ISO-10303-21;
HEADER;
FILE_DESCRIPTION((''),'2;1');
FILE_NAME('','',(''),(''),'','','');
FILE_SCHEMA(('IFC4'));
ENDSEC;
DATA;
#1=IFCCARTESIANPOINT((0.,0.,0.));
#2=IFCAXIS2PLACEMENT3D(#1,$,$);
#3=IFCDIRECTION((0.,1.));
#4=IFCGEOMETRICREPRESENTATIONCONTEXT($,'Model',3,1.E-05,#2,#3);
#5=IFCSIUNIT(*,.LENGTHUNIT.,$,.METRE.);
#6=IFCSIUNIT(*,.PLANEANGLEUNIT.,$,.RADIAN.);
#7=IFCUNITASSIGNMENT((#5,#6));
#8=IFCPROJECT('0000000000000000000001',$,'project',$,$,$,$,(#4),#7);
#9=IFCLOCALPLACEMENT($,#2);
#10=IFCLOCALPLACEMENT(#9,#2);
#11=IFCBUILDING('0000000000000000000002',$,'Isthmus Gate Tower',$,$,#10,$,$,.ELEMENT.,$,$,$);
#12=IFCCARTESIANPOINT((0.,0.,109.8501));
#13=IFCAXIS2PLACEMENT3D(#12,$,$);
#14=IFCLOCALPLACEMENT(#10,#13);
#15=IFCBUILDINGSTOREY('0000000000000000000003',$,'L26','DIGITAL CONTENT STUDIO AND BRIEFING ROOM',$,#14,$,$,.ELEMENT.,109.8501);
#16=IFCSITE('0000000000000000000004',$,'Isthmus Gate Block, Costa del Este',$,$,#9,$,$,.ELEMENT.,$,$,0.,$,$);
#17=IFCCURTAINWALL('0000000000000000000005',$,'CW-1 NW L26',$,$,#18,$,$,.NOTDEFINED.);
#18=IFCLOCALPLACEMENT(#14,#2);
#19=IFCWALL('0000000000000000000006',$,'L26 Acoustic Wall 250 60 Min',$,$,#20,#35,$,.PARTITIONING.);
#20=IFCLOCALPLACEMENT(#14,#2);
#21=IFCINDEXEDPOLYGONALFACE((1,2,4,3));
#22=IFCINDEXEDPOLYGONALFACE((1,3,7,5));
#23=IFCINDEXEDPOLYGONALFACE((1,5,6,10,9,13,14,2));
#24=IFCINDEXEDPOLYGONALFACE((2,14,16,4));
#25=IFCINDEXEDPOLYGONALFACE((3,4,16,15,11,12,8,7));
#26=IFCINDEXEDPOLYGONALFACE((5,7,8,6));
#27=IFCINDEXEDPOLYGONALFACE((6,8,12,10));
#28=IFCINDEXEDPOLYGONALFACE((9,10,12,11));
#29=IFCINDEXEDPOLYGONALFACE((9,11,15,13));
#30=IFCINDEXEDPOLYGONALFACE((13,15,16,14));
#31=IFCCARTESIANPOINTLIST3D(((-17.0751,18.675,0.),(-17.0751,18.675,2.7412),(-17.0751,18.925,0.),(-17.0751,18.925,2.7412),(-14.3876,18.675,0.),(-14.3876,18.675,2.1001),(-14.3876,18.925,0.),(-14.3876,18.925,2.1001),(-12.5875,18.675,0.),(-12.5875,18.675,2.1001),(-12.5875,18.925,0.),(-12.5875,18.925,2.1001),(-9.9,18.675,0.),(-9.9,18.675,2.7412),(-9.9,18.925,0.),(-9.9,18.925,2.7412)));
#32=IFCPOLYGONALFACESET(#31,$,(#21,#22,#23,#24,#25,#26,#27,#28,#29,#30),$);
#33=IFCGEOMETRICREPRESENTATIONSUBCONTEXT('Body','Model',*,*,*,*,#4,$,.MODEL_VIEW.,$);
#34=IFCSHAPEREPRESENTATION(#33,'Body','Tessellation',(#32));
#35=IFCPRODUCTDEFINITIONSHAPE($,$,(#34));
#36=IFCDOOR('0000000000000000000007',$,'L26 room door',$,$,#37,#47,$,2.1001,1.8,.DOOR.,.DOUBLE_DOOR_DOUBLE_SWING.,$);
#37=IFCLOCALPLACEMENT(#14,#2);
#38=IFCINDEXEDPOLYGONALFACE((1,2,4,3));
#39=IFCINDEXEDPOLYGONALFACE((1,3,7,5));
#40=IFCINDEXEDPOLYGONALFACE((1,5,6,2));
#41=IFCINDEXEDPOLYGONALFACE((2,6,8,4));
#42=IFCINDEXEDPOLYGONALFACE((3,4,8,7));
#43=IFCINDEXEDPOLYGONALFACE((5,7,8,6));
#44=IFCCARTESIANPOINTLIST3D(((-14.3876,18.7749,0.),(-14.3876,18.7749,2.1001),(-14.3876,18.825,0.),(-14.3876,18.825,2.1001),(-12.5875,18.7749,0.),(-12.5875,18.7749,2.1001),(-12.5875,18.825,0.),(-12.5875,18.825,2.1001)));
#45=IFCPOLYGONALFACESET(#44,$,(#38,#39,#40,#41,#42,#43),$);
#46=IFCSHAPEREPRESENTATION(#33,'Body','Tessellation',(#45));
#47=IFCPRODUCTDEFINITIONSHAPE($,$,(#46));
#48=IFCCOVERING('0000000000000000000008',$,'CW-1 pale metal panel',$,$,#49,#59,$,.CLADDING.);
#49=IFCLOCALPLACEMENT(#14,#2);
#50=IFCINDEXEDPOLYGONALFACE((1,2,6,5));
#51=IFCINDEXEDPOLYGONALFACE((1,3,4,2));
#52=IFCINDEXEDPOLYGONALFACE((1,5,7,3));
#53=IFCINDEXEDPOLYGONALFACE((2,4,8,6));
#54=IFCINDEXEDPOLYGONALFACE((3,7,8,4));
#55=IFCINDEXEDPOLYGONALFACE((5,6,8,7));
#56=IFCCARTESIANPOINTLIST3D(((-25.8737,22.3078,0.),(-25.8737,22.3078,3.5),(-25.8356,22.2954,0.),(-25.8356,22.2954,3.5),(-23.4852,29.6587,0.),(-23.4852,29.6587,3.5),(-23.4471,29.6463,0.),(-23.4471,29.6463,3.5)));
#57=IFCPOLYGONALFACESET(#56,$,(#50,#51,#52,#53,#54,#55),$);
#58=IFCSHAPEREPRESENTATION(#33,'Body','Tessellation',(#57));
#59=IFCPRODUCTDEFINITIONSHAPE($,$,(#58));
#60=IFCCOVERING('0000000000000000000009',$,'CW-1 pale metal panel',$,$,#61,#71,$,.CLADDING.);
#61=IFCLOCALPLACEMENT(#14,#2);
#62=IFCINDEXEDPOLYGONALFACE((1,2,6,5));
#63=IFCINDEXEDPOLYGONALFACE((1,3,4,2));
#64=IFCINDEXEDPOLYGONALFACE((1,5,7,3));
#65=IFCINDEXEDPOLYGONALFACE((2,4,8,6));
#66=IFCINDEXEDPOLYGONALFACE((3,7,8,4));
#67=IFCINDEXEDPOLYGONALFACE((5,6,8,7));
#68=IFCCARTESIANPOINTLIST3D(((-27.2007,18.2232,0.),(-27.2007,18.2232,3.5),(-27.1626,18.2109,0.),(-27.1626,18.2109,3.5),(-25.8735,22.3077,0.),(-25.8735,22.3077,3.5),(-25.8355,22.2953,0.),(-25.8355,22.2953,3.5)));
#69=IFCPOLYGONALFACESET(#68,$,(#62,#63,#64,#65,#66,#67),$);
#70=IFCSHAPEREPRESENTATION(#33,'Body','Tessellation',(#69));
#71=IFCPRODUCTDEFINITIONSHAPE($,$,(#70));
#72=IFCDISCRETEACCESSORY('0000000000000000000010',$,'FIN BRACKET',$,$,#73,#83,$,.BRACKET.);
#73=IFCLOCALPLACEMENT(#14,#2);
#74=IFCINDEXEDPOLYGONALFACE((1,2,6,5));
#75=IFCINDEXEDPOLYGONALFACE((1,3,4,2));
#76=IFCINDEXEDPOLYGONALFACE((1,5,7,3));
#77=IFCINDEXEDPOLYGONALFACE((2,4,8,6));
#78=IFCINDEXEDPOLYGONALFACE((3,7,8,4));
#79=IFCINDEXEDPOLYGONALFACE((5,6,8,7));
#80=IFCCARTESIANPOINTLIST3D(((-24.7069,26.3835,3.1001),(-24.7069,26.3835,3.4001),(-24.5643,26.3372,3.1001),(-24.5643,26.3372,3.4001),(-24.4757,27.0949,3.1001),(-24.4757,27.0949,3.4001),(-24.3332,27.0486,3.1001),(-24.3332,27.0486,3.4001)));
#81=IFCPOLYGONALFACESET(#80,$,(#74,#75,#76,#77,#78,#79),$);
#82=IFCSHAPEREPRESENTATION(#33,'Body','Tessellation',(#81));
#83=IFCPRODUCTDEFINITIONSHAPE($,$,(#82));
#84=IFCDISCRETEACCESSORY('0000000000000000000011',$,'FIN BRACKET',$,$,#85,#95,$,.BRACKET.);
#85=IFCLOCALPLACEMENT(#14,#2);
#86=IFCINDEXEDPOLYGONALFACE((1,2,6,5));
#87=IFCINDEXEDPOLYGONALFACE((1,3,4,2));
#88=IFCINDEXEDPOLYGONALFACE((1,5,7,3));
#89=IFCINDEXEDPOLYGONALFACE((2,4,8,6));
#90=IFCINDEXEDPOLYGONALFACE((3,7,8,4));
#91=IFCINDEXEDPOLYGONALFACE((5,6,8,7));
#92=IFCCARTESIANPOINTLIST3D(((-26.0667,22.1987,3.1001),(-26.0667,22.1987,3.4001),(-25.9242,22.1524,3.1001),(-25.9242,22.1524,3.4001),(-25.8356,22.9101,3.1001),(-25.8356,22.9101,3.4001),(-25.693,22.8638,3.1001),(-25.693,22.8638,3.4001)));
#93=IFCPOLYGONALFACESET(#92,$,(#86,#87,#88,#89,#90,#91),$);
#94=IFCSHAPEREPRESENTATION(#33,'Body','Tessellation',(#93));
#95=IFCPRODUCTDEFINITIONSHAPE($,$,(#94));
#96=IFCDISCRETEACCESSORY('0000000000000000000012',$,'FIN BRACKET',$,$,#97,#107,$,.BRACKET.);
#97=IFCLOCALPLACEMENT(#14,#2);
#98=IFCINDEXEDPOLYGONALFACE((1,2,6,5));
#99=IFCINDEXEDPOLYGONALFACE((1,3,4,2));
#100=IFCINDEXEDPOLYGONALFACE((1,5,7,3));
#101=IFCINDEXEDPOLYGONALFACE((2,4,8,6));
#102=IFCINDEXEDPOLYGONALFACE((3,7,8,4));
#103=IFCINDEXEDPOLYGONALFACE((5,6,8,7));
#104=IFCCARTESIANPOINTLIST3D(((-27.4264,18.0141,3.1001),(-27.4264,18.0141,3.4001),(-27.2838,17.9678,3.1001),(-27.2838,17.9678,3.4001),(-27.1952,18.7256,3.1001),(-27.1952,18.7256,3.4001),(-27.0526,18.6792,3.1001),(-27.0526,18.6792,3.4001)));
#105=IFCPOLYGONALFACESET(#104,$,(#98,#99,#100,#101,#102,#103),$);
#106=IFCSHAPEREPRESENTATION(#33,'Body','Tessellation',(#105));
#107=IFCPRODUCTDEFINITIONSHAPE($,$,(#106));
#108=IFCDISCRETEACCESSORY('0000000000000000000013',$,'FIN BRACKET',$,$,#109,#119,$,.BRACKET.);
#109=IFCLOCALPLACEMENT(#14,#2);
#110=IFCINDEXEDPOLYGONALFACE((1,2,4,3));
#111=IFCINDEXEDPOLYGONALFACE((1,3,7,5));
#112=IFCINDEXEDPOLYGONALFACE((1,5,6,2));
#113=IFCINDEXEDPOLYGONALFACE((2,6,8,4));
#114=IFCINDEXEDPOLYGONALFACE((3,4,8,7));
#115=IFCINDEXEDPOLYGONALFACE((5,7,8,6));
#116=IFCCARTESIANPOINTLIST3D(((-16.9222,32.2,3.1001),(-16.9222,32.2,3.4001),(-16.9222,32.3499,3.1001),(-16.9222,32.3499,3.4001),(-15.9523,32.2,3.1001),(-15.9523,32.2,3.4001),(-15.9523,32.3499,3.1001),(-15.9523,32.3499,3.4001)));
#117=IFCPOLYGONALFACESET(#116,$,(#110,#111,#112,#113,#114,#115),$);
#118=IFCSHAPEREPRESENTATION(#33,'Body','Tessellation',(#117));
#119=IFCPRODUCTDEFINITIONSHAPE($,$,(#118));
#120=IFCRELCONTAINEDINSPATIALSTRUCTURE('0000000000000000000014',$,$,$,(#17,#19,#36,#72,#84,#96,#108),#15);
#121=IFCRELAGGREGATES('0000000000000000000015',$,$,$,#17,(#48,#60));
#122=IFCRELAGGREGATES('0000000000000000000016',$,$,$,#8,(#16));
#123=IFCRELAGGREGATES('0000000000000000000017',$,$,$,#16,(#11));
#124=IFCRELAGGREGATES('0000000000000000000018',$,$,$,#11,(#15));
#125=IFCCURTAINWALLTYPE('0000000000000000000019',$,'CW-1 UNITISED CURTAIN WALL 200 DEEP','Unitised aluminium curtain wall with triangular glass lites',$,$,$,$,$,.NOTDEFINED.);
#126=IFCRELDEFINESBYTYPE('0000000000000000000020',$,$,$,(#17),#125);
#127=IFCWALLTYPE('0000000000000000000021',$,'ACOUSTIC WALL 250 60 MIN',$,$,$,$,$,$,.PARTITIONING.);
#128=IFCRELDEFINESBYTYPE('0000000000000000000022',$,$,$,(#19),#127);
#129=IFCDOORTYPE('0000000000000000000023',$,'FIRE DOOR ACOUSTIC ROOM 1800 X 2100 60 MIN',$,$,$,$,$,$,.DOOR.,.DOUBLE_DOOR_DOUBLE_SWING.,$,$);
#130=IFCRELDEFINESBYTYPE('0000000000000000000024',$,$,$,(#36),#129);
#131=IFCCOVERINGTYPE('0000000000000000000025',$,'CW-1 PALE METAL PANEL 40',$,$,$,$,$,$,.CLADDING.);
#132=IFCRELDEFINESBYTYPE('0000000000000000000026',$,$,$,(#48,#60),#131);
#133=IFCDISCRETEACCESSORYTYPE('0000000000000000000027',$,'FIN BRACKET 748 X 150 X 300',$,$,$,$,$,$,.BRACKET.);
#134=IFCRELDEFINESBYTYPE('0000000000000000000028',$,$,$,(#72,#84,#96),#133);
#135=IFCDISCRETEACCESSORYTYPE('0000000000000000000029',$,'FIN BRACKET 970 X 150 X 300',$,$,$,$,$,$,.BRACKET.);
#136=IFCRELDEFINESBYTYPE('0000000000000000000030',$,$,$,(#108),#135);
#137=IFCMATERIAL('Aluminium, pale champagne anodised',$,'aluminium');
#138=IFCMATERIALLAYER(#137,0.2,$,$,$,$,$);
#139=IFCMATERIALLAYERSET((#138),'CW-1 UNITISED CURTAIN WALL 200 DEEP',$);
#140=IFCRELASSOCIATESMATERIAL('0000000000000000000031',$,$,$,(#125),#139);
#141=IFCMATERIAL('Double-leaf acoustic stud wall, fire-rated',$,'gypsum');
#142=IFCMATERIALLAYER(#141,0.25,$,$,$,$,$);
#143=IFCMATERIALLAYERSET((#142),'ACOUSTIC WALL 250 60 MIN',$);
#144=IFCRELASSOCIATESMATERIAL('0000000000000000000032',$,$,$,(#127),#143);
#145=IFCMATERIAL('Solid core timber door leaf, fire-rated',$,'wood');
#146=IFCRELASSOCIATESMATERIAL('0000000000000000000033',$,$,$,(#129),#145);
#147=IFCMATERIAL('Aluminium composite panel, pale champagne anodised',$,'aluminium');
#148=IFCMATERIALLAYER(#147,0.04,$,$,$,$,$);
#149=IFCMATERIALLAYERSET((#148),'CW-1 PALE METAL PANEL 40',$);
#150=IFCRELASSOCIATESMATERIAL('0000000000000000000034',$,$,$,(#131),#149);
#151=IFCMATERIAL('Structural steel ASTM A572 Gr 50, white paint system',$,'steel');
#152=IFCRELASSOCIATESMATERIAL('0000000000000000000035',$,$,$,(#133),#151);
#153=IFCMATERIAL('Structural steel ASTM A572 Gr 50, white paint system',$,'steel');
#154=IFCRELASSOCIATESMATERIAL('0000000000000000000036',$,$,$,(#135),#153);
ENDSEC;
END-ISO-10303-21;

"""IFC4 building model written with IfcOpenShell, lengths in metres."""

from ifc_helpers import new_model, si_unit, direction, frame, frame_2d, origin, origin_2d, place, context, subcontext, project, spatial, rectangle, extrude, material, layer, layer_set, type_object, element, fill, aggregate, save


model = new_model("IFC4")

# Units and contexts
model_context = context("Model", 3, precision=1e-05, world=origin(), true_north=direction((0.0, 1.0)))
body_context = subcontext(model_context, "Body", "Model", "MODEL_VIEW")
ifc_project = project(units=[si_unit("LENGTHUNIT", "METRE"), si_unit("PLANEANGLEUNIT", "RADIAN")], contexts=[model_context])

# Site, building, storey
site_placement = place(None, origin())
site = spatial("IfcSite", under=ifc_project, at=site_placement, Name="Isthmus Gate Block, Costa del Este", CompositionType="ELEMENT", RefElevation=0.0)
building_placement = place(site_placement, origin())
building = spatial("IfcBuilding", under=site, at=building_placement, Name="Isthmus Gate Tower", CompositionType="ELEMENT")
storey_placement = place(building_placement, frame((0.0, 0.0, 109.8501)))
storey = spatial("IfcBuildingStorey", under=building, at=storey_placement, Name="L26", Description="DIGITAL CONTENT STUDIO AND BRIEFING ROOM", CompositionType="ELEMENT", Elevation=109.8501)

# Shared definitions
ifc_material_1 = material(Name="Aluminium, pale champagne anodised", Category="aluminium")
ifc_layer_1 = layer(ifc_material_1, 0.2)
ifc_layer_set_1 = layer_set([ifc_layer_1], Name="CW-1 UNITISED CURTAIN WALL 200 DEEP")
curtain_wall_type = type_object("IfcCurtainWallType", Name="CW-1 UNITISED CURTAIN WALL 200 DEEP", Description="Unitised aluminium curtain wall with triangular glass lites", PredefinedType="NOTDEFINED", material=ifc_layer_set_1)

# Curtain wall
curtain_wall_1_placement = place(storey_placement, origin())
curtain_wall_1 = element("IfcCurtainWall", 1, at=curtain_wall_1_placement, inside=storey, type_object=curtain_wall_type, Name="CW-1 NW L26", PredefinedType="NOTDEFINED")

# Shared definitions
ifc_material_2 = material(Name="Double-leaf acoustic stud wall, fire-rated", Category="gypsum")
ifc_layer_2 = layer(ifc_material_2, 0.25)
ifc_layer_set_2 = layer_set([ifc_layer_2], Name="ACOUSTIC WALL 250 60 MIN")
wall_type = type_object("IfcWallType", Name="ACOUSTIC WALL 250 60 MIN", PredefinedType="PARTITIONING", material=ifc_layer_set_2)

# Wall, opening, door
wall_1_placement = place(storey_placement, frame((-17.075, 18.8, 0.0), z_axis=(0.0, 0.0, 1.0), x_axis=(1.0, 0.0, 0.0)))
wall_1 = element("IfcWall", 2, at=wall_1_placement, inside=storey, type_object=wall_type, Name="L26 Acoustic Wall 250 60 Min", PredefinedType="PARTITIONING", context=body_context, shape_type="SweptSolid", body=[
    extrude(rectangle(XDim=7.175, YDim=0.25, at=frame_2d((3.5874, 0.0))), origin(), (0.0, 0.0, 1.0), 2.7412),
])
opening_placement = place(wall_1_placement, frame((2.6875, 0.0, 0.0)))
opening = element("IfcOpeningElement", 3, at=opening_placement, cuts=wall_1, PredefinedType="OPENING", context=body_context, shape_type="SweptSolid", body=[
    extrude(rectangle(XDim=1.8, YDim=2.1001, at=frame_2d((0.8999, 1.05))), frame((0.0, 0.135, 0.0), z_axis=(0.0, -1.0, 0.0), x_axis=(1.0, 0.0, 0.0)), (0.0, 0.0, 1.0), 0.27),
])
ifc_material_3 = material(Name="Solid core timber door leaf, fire-rated", Category="wood")
door_type = type_object("IfcDoorType", Name="FIRE DOOR ACOUSTIC ROOM 1800 X 2100 60 MIN", OperationType="DOUBLE_DOOR_DOUBLE_SWING", PredefinedType="DOOR", material=ifc_material_3)
door_placement = place(opening_placement, origin())
door = element("IfcDoor", 4, at=door_placement, inside=storey, type_object=door_type, Name="L26 room door", OperationType="DOUBLE_DOOR_DOUBLE_SWING", OverallHeight=2.1001, OverallWidth=1.8, PredefinedType="DOOR", context=body_context, shape_type="SweptSolid", body=[
    extrude(rectangle(XDim=1.8, YDim=2.1001, at=frame_2d((0.8999, 1.05))), frame((0.0, 0.0249, 0.0), z_axis=(0.0, -1.0, 0.0), x_axis=(1.0, 0.0, 0.0)), (0.0, 0.0, 1.0), 0.05),
])
fill(opening, door)

# Coverings
ifc_material_4 = material(Name="Aluminium composite panel, pale champagne anodised", Category="aluminium")
ifc_layer_3 = layer(ifc_material_4, 0.04)
ifc_layer_set_3 = layer_set([ifc_layer_3], Name="CW-1 PALE METAL PANEL 40")
covering_type = type_object("IfcCoveringType", Name="CW-1 PALE METAL PANEL 40", PredefinedType="CLADDING", material=ifc_layer_set_3)
covering_1_placement = place(storey_placement, frame((-24.6604, 25.9771, 0.0), z_axis=(0.0, 0.0, 1.0), x_axis=(-0.309017, -0.951057, 0.0)))
covering_1 = element("IfcCovering", 5, at=covering_1_placement, type_object=covering_type, Name="CW-1 pale metal panel", PredefinedType="CLADDING", context=body_context, shape_type="SweptSolid", body=[
    extrude(rectangle(XDim=7.7292, YDim=0.04, at=origin_2d()), origin(), (0.0, 0.0, 1.0), 3.5),
])
covering_2_placement = place(storey_placement, frame((-26.5181, 20.2593, 0.0), z_axis=(0.0, 0.0, 1.0), x_axis=(-0.309017, -0.951057, 0.0)))
covering_2 = element("IfcCovering", 6, at=covering_2_placement, type_object=covering_type, Name="CW-1 pale metal panel", PredefinedType="CLADDING", context=body_context, shape_type="SweptSolid", body=[
    extrude(rectangle(XDim=4.2947, YDim=0.04, at=origin_2d()), origin(), (0.0, 0.0, 1.0), 3.5),
])
aggregate(curtain_wall_1, [covering_1, covering_2])

# Discrete accessories
ifc_material_5 = material(Name="Structural steel ASTM A572 Gr 50, white paint system", Category="steel")
discrete_accessory_type_1 = type_object("IfcDiscreteAccessoryType", Name="FIN BRACKET 748 X 150 X 300", PredefinedType="BRACKET", material=ifc_material_5)
for number, where, z_axis, x_axis, name in (
    (7, (-24.52, 26.7161, 3.1001), (0.0, 0.0, 1.0), (-0.951057, 0.309017, 0.0), "FIN BRACKET"),
    (8, (-25.8799, 22.5312, 3.1001), (0.0, 0.0, 1.0), (-0.951057, 0.309017, 0.0), "FIN BRACKET"),
    (9, (-27.2395, 18.3467, 3.1001), (0.0, 0.0, 1.0), (-0.951057, 0.309017, 0.0), "FIN BRACKET"),
):
    element("IfcDiscreteAccessory", number, at=place(storey_placement, frame(where, z_axis=z_axis, x_axis=x_axis)), inside=storey, type_object=discrete_accessory_type_1, Name=name, PredefinedType="BRACKET", context=body_context, shape_type="SweptSolid", body=[
        extrude(rectangle(XDim=0.1499, YDim=0.748, at=origin_2d()), origin(), (0.0, 0.0, 1.0), 0.3),
    ])
ifc_material_6 = material(Name="Structural steel ASTM A572 Gr 50, white paint system", Category="steel")
discrete_accessory_type_2 = type_object("IfcDiscreteAccessoryType", Name="FIN BRACKET 970 X 150 X 300", PredefinedType="BRACKET", material=ifc_material_6)
discrete_accessory_placement = place(storey_placement, frame((-16.4373, 32.2749, 3.1001), z_axis=(0.0, 0.0, 1.0), x_axis=(0.0, 1.0, 0.0)))
element("IfcDiscreteAccessory", 10, at=discrete_accessory_placement, inside=storey, type_object=discrete_accessory_type_2, Name="FIN BRACKET", PredefinedType="BRACKET", context=body_context, shape_type="SweptSolid", body=[
    extrude(rectangle(XDim=0.1499, YDim=0.97, at=origin_2d()), origin(), (0.0, 0.0, 1.0), 0.3),
])

save(model, "model.ifc")
